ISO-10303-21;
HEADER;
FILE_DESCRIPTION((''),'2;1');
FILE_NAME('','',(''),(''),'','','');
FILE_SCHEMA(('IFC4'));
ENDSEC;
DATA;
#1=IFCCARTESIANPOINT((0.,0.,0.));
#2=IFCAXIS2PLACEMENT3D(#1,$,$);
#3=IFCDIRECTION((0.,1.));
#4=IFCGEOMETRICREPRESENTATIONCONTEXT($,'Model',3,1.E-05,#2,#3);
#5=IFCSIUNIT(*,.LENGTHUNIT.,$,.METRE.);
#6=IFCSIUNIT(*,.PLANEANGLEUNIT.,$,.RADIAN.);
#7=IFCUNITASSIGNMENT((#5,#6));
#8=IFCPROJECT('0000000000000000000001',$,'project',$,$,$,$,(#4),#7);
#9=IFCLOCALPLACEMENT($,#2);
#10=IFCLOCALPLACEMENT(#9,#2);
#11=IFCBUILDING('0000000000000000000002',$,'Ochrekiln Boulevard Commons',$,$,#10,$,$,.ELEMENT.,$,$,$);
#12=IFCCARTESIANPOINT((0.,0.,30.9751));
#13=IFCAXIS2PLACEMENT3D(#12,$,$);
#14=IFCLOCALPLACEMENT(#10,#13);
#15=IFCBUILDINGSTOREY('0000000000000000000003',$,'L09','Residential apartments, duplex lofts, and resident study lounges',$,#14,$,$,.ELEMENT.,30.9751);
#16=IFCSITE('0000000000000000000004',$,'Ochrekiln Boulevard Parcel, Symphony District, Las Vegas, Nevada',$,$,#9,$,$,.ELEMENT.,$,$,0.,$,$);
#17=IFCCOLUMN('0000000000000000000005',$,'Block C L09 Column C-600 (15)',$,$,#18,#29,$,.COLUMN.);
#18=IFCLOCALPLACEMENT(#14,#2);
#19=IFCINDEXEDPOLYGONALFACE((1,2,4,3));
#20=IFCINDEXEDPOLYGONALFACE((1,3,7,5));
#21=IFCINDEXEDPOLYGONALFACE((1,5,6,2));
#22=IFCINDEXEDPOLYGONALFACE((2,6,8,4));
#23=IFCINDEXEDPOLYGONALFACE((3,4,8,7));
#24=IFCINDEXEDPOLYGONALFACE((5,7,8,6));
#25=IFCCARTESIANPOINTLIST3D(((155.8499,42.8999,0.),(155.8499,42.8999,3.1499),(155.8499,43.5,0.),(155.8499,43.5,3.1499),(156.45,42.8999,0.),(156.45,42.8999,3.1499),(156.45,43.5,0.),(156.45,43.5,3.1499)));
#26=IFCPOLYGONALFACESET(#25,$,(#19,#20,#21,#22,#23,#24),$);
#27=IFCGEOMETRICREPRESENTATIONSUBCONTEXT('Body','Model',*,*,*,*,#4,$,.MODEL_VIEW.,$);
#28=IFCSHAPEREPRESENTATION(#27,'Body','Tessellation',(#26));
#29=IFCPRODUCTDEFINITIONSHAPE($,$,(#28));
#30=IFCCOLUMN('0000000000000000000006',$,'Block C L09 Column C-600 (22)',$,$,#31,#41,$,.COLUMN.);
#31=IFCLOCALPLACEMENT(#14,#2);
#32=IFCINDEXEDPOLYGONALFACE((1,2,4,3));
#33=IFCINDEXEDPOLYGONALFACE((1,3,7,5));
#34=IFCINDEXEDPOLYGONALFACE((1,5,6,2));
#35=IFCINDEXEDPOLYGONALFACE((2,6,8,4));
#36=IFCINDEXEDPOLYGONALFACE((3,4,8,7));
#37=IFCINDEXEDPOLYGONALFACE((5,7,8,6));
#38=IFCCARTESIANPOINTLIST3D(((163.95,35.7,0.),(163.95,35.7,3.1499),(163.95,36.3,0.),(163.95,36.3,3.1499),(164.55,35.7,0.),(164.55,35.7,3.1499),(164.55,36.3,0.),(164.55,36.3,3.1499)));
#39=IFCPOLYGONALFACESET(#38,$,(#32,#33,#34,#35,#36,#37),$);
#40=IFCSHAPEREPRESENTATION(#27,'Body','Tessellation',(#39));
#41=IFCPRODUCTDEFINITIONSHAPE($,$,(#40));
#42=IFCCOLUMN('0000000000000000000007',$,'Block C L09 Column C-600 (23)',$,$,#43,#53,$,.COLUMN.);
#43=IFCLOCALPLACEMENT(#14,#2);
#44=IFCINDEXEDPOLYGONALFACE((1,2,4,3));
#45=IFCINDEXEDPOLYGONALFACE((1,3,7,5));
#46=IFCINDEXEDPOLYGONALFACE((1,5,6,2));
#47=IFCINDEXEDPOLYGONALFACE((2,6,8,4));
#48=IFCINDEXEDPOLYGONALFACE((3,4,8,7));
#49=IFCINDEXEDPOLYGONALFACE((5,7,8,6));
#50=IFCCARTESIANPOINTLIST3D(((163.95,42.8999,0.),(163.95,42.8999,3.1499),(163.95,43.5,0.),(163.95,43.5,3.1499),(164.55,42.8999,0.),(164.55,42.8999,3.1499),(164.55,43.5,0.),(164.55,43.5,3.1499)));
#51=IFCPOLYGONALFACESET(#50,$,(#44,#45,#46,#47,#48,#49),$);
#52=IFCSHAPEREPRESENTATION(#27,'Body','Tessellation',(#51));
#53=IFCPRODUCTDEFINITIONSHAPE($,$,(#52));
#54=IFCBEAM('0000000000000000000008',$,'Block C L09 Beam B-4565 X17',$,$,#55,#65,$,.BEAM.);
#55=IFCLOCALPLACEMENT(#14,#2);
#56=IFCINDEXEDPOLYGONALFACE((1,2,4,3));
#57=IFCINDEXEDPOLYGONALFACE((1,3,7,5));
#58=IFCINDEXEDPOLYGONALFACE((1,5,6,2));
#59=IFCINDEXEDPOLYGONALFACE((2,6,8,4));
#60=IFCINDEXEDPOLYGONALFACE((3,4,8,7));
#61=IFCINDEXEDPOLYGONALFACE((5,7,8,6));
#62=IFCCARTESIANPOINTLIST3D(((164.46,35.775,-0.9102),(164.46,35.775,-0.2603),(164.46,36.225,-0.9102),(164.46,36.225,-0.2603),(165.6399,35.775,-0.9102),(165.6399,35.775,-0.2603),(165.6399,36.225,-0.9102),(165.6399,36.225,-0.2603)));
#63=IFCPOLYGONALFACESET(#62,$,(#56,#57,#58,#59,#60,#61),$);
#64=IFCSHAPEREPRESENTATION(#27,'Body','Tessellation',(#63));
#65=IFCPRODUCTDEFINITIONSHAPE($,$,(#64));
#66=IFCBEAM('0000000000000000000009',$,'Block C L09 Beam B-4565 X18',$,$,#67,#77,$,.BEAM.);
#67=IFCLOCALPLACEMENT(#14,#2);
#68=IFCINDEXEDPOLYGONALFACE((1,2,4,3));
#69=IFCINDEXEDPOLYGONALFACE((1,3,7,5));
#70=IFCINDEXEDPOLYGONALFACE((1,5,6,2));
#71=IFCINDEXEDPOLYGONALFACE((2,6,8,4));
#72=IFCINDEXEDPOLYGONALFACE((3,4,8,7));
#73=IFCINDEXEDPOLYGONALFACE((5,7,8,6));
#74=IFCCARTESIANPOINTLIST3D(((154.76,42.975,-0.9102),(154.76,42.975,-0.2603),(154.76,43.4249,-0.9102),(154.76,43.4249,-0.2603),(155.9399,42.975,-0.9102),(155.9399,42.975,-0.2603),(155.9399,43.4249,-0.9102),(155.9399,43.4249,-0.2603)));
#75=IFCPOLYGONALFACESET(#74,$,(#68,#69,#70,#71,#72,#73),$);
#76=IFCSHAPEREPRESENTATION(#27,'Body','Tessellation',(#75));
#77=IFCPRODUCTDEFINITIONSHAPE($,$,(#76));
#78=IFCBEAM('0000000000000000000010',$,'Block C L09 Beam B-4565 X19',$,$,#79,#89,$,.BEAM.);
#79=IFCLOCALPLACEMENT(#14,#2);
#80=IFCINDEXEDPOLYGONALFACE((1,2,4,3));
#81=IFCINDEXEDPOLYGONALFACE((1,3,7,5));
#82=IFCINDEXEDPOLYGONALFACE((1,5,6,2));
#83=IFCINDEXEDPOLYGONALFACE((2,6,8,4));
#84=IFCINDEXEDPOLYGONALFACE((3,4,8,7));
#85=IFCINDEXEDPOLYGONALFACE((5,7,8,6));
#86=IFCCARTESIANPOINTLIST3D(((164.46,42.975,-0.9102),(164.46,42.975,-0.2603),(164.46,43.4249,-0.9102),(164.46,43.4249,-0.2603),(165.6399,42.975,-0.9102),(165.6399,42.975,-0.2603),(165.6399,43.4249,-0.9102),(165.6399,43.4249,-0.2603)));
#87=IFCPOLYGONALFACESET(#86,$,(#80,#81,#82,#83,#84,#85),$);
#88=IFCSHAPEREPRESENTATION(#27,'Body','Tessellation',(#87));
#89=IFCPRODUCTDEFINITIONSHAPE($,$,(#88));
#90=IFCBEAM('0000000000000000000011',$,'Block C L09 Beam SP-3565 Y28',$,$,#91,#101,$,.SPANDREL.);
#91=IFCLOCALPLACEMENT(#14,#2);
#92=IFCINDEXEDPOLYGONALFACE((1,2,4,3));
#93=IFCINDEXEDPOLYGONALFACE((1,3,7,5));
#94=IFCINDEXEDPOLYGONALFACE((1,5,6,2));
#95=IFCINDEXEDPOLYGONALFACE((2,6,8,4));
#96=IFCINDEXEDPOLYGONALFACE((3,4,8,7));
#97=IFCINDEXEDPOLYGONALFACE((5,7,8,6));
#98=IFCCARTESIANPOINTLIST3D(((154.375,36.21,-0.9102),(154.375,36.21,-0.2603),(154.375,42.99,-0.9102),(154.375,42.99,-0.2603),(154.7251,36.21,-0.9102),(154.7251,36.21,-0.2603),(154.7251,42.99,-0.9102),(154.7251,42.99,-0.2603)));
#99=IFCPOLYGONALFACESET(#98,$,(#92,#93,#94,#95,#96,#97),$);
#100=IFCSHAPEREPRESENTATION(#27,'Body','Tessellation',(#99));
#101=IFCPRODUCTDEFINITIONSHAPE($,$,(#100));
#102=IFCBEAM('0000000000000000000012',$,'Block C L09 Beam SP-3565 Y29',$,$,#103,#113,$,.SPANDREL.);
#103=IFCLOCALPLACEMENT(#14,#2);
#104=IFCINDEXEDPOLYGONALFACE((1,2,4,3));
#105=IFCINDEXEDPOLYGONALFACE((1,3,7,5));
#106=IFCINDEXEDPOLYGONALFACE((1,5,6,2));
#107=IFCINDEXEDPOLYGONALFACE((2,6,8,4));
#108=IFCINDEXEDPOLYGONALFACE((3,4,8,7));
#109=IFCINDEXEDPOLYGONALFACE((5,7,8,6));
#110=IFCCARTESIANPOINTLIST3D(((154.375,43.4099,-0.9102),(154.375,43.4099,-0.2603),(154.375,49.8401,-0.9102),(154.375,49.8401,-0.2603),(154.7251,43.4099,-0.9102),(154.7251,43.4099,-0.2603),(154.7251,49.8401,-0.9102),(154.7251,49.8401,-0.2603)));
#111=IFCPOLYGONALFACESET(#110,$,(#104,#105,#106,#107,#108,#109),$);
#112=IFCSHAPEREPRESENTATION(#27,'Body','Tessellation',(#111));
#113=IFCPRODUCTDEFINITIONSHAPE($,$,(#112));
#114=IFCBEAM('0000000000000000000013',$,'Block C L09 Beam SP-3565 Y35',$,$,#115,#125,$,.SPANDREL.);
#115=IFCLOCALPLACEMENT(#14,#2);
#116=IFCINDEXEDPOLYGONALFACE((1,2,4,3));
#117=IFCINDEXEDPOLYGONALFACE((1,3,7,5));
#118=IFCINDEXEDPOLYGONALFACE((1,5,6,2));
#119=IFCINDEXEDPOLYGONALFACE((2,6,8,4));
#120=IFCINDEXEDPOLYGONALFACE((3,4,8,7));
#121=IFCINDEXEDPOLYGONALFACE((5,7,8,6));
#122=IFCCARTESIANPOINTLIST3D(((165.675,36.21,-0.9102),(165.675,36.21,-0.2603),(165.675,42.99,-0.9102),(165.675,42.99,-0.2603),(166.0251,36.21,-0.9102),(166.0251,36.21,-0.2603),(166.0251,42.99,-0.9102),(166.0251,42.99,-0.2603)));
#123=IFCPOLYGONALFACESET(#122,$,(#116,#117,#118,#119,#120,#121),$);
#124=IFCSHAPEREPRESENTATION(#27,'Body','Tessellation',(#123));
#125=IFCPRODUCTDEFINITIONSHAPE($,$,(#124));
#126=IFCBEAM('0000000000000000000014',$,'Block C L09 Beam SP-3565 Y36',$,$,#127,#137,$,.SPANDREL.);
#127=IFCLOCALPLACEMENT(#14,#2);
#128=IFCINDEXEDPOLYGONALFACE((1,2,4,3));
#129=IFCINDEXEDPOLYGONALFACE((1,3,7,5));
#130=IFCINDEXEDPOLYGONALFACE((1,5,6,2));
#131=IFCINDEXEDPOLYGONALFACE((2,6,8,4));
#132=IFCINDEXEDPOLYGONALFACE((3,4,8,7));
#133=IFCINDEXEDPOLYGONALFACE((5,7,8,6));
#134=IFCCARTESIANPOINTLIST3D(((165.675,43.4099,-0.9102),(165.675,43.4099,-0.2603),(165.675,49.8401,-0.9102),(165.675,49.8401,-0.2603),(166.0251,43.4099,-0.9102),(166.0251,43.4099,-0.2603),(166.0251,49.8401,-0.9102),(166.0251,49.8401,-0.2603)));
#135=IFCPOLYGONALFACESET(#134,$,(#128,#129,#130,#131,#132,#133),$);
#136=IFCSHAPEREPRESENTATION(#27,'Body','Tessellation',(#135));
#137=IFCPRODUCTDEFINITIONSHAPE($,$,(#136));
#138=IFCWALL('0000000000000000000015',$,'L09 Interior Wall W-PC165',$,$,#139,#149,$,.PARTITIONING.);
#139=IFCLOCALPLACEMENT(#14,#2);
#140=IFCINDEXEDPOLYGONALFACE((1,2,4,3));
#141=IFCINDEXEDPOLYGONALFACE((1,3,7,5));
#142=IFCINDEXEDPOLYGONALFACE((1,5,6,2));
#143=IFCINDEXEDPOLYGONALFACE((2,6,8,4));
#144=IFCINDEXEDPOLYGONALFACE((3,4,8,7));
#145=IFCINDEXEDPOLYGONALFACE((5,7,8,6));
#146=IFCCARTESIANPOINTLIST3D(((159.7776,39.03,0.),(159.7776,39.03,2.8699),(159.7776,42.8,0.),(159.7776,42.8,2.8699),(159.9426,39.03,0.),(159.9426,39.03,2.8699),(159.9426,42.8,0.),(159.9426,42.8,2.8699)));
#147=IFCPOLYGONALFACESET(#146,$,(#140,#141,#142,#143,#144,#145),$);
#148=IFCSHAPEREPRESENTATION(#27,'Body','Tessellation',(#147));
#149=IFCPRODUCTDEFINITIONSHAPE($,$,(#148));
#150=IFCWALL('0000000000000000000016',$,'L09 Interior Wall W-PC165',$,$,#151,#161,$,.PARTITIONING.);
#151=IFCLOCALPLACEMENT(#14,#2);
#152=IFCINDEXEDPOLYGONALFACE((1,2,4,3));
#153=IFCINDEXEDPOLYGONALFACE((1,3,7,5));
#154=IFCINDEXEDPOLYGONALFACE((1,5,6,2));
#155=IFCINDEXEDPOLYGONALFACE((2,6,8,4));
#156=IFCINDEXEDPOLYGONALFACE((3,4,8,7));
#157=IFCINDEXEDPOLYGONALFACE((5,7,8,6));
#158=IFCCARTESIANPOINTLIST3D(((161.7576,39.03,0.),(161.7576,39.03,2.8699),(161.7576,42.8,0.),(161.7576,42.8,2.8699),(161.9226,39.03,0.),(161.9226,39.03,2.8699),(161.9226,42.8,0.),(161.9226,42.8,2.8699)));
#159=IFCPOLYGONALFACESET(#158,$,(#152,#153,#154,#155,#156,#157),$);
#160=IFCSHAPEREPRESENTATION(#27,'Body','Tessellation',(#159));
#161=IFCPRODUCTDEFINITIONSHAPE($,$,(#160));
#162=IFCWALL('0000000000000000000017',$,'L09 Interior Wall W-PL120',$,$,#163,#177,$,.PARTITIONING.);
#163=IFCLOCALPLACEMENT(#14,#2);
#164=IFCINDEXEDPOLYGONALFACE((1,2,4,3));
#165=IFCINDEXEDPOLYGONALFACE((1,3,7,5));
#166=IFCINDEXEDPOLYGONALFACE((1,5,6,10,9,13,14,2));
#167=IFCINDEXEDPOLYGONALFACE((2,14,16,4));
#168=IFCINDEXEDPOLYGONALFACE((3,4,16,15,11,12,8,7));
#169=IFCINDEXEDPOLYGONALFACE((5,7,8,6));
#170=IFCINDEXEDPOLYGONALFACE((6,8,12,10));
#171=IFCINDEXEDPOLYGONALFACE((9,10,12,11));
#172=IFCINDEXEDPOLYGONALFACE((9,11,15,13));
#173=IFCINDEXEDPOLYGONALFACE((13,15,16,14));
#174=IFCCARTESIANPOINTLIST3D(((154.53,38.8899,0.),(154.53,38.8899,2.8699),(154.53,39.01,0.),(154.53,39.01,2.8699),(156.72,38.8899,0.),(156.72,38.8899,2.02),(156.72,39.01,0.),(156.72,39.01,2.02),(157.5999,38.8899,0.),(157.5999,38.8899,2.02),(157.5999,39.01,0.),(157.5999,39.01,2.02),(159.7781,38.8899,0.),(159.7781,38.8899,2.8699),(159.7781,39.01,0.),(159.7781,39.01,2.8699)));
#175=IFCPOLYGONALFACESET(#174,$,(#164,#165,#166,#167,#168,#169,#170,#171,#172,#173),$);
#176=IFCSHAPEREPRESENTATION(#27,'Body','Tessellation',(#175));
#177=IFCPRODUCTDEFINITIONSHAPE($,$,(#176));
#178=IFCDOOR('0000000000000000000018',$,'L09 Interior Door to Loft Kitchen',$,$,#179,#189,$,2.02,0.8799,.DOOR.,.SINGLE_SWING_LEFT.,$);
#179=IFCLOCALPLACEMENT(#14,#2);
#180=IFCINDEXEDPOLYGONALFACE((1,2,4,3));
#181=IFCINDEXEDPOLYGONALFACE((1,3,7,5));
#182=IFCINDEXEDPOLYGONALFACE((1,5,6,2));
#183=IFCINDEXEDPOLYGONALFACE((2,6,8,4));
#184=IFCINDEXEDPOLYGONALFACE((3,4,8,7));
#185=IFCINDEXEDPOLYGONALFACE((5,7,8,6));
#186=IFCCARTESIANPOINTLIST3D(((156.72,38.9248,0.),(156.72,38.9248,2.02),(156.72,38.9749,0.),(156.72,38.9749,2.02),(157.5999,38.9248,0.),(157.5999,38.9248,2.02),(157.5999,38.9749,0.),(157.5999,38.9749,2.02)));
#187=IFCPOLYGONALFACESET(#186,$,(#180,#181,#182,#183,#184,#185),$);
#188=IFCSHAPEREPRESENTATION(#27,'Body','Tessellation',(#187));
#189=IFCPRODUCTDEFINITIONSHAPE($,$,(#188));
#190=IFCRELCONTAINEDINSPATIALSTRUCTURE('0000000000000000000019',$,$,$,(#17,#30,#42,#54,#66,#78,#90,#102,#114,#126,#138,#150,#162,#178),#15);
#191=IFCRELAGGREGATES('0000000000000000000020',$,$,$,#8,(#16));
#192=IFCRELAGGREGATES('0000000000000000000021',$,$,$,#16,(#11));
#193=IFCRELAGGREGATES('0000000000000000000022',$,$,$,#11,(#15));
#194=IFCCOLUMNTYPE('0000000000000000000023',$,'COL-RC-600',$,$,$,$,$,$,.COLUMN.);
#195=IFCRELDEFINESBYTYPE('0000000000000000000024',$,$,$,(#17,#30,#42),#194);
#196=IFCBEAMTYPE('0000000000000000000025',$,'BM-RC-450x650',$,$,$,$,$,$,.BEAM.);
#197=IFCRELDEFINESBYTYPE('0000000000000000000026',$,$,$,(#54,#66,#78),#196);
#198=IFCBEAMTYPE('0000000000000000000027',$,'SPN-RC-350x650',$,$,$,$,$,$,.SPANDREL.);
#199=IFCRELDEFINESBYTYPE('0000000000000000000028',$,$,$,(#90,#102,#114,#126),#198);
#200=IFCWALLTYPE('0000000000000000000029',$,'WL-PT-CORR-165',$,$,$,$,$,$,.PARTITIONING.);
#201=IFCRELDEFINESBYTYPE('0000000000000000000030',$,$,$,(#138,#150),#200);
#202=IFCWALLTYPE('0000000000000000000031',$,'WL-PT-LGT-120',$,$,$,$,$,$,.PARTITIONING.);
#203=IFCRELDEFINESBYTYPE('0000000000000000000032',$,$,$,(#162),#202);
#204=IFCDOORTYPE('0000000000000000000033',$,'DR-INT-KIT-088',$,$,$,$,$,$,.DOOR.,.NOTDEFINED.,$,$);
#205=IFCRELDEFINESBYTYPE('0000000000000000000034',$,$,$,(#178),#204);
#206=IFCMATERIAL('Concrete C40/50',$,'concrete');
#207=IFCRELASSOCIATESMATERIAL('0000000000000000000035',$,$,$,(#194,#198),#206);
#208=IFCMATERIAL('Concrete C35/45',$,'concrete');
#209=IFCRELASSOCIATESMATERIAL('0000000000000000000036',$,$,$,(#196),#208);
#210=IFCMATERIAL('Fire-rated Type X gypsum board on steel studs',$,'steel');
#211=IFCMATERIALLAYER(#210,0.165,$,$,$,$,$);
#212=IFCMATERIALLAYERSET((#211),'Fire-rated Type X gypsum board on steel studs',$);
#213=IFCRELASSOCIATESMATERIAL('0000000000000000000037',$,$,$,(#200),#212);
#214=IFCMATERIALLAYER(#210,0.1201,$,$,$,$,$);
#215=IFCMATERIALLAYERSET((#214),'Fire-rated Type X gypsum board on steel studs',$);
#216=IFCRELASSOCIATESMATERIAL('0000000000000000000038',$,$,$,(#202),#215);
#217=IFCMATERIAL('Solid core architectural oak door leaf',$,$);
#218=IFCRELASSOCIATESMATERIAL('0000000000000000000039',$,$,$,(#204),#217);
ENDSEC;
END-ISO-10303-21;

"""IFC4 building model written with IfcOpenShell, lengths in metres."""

from ifc_helpers import new_model, si_unit, direction, frame, frame_2d, origin, origin_2d, place, context, subcontext, project, spatial, rectangle, extrude, material, layer, layer_set, material_profile, profile_set, type_object, element, fill, save


model = new_model("IFC4")

# Units and contexts
model_context = context("Model", 3, precision=1e-05, world=origin(), true_north=direction((0.0, 1.0)))
body_context = subcontext(model_context, "Body", "Model", "MODEL_VIEW")
ifc_project = project(units=[si_unit("LENGTHUNIT", "METRE"), si_unit("PLANEANGLEUNIT", "RADIAN")], contexts=[model_context])

# Site, building, storey
site_placement = place(None, origin())
site = spatial("IfcSite", under=ifc_project, at=site_placement, Name="Ochrekiln Boulevard Parcel, Symphony District, Las Vegas, Nevada", CompositionType="ELEMENT", RefElevation=0.0)
building_placement = place(site_placement, origin())
building = spatial("IfcBuilding", under=site, at=building_placement, Name="Ochrekiln Boulevard Commons", CompositionType="ELEMENT")
storey_placement = place(building_placement, frame((0.0, 0.0, 30.9751)))
storey = spatial("IfcBuildingStorey", under=building, at=storey_placement, Name="L09", Description="Residential apartments, duplex lofts, and resident study lounges", CompositionType="ELEMENT", Elevation=30.9751)

# Columns
ifc_material_1 = material(Name="Concrete C40/50", Category="concrete")
ifc_material_profile_1 = material_profile(ifc_material_1, rectangle(XDim=0.6001, YDim=0.6001, at=origin_2d()), Name="RC-COL-600x600")
ifc_profile_set_1 = profile_set([ifc_material_profile_1], Name="Concrete C40/50")
column_type = type_object("IfcColumnType", Name="COL-RC-600", PredefinedType="COLUMN", material=ifc_profile_set_1)
for number, where, z_axis, x_axis, name in (
    (1, (156.1499, 43.2, 0.0), (0.0, 0.0, 1.0), (1.0, 0.0, 0.0), "Block C L09 Column C-600 (15)"),
    (2, (164.25, 36.0, 0.0), (0.0, 0.0, 1.0), (1.0, 0.0, 0.0), "Block C L09 Column C-600 (22)"),
    (3, (164.25, 43.2, 0.0), (0.0, 0.0, 1.0), (1.0, 0.0, 0.0), "Block C L09 Column C-600 (23)"),
):
    element("IfcColumn", number, at=place(storey_placement, frame(where, z_axis=z_axis, x_axis=x_axis)), inside=storey, type_object=column_type, Name=name, PredefinedType="COLUMN", context=body_context, shape_type="SweptSolid", body=[
        extrude(rectangle(XDim=0.6001, YDim=0.6001, at=origin_2d()), origin(), (0.0, 0.0, 1.0), 3.1499),
    ])

# Beams
ifc_material_2 = material(Name="Concrete C35/45", Category="concrete")
ifc_material_profile_2 = material_profile(ifc_material_2, rectangle(XDim=0.45, YDim=0.6499, at=origin_2d()), Name="RC-BM-450x650")
ifc_profile_set_2 = profile_set([ifc_material_profile_2], Name="Concrete C35/45")
beam_type_1 = type_object("IfcBeamType", Name="BM-RC-450x650", PredefinedType="BEAM", material=ifc_profile_set_2)
for number, where, z_axis, x_axis, name in (
    (4, (164.46, 36.0, -0.5852), (1.0, 0.0, 0.0), (0.0, 1.0, 0.0), "Block C L09 Beam B-4565 X17"),
    (5, (154.76, 43.2, -0.5852), (1.0, 0.0, 0.0), (0.0, 1.0, 0.0), "Block C L09 Beam B-4565 X18"),
    (6, (164.46, 43.2, -0.5852), (1.0, 0.0, 0.0), (0.0, 1.0, 0.0), "Block C L09 Beam B-4565 X19"),
):
    element("IfcBeam", number, at=place(storey_placement, frame(where, z_axis=z_axis, x_axis=x_axis)), inside=storey, type_object=beam_type_1, Name=name, PredefinedType="BEAM", context=body_context, shape_type="SweptSolid", body=[
        extrude(rectangle(XDim=0.45, YDim=0.6499, at=origin_2d()), origin(), (0.0, 0.0, 1.0), 1.1799),
    ])
ifc_material_profile_3 = material_profile(ifc_material_1, rectangle(XDim=0.3501, YDim=0.6499, at=origin_2d()), Name="RC-SPN-350x650")
ifc_profile_set_3 = profile_set([ifc_material_profile_3], Name="Concrete C40/50")
beam_type_2 = type_object("IfcBeamType", Name="SPN-RC-350x650", PredefinedType="SPANDREL", material=ifc_profile_set_3)
beam_1_placement = place(storey_placement, frame((154.55, 36.21, -0.5852), z_axis=(0.0, 1.0, 0.0), x_axis=(-1.0, 0.0, 0.0)))
element("IfcBeam", 7, at=beam_1_placement, inside=storey, type_object=beam_type_2, Name="Block C L09 Beam SP-3565 Y28", PredefinedType="SPANDREL", context=body_context, shape_type="SweptSolid", body=[
    extrude(rectangle(XDim=0.3501, YDim=0.6499, at=origin_2d()), origin(), (0.0, 0.0, 1.0), 6.78),
])
beam_2_placement = place(storey_placement, frame((154.55, 43.4099, -0.5852), z_axis=(0.0, 1.0, 0.0), x_axis=(-1.0, 0.0, 0.0)))
element("IfcBeam", 8, at=beam_2_placement, inside=storey, type_object=beam_type_2, Name="Block C L09 Beam SP-3565 Y29", PredefinedType="SPANDREL", context=body_context, shape_type="SweptSolid", body=[
    extrude(rectangle(XDim=0.3501, YDim=0.6499, at=origin_2d()), origin(), (0.0, 0.0, 1.0), 6.4302),
])
beam_3_placement = place(storey_placement, frame((165.8501, 36.21, -0.5852), z_axis=(0.0, 1.0, 0.0), x_axis=(-1.0, 0.0, 0.0)))
element("IfcBeam", 9, at=beam_3_placement, inside=storey, type_object=beam_type_2, Name="Block C L09 Beam SP-3565 Y35", PredefinedType="SPANDREL", context=body_context, shape_type="SweptSolid", body=[
    extrude(rectangle(XDim=0.3501, YDim=0.6499, at=origin_2d()), origin(), (0.0, 0.0, 1.0), 6.78),
])
beam_4_placement = place(storey_placement, frame((165.8501, 43.4099, -0.5852), z_axis=(0.0, 1.0, 0.0), x_axis=(-1.0, 0.0, 0.0)))
element("IfcBeam", 10, at=beam_4_placement, inside=storey, type_object=beam_type_2, Name="Block C L09 Beam SP-3565 Y36", PredefinedType="SPANDREL", context=body_context, shape_type="SweptSolid", body=[
    extrude(rectangle(XDim=0.3501, YDim=0.6499, at=origin_2d()), origin(), (0.0, 0.0, 1.0), 6.4302),
])

# Walls
ifc_material_3 = material(Name="Fire-rated Type X gypsum board on steel studs", Category="steel")
ifc_layer_1 = layer(ifc_material_3, 0.165)
ifc_layer_set_1 = layer_set([ifc_layer_1], Name="Fire-rated Type X gypsum board on steel studs")
wall_type_1 = type_object("IfcWallType", Name="WL-PT-CORR-165", PredefinedType="PARTITIONING", material=ifc_layer_set_1)
for number, where, z_axis, x_axis, name in (
    (11, (159.8601, 39.03, 0.0), (0.0, 0.0, 1.0), (0.0, 1.0, 0.0), "L09 Interior Wall W-PC165"),
    (12, (161.8401, 39.03, 0.0), (0.0, 0.0, 1.0), (0.0, 1.0, 0.0), "L09 Interior Wall W-PC165"),
):
    element("IfcWall", number, at=place(storey_placement, frame(where, z_axis=z_axis, x_axis=x_axis)), inside=storey, type_object=wall_type_1, Name=name, PredefinedType="PARTITIONING", context=body_context, shape_type="SweptSolid", body=[
        extrude(rectangle(XDim=3.77, YDim=0.165, at=frame_2d((1.885, 0.0))), origin(), (0.0, 0.0, 1.0), 2.8699),
    ])

# Wall, opening, door
ifc_layer_2 = layer(ifc_material_3, 0.1201)
ifc_layer_set_2 = layer_set([ifc_layer_2], Name="Fire-rated Type X gypsum board on steel studs")
wall_type_2 = type_object("IfcWallType", Name="WL-PT-LGT-120", PredefinedType="PARTITIONING", material=ifc_layer_set_2)
wall_1_placement = place(storey_placement, frame((154.53, 38.95, 0.0), z_axis=(0.0, 0.0, 1.0), x_axis=(1.0, 0.0, 0.0)))
wall_1 = element("IfcWall", 13, at=wall_1_placement, inside=storey, type_object=wall_type_2, Name="L09 Interior Wall W-PL120", PredefinedType="PARTITIONING", context=body_context, shape_type="SweptSolid", body=[
    extrude(rectangle(XDim=5.248, YDim=0.1201, at=frame_2d((2.624, 0.0))), origin(), (0.0, 0.0, 1.0), 2.8699),
])
opening_1_placement = place(wall_1_placement, frame((2.1899, 0.0, 0.0)))
opening_1 = element("IfcOpeningElement", 14, at=opening_1_placement, cuts=wall_1, PredefinedType="OPENING", context=body_context, shape_type="SweptSolid", body=[
    extrude(rectangle(XDim=0.8799, YDim=2.02, at=frame_2d((0.4399, 1.01))), frame((0.0, 0.0701, 0.0), z_axis=(0.0, -1.0, 0.0), x_axis=(1.0, 0.0, 0.0)), (0.0, 0.0, 1.0), 0.1401),
])
ifc_material_4 = material(Name="Solid core architectural oak door leaf")
door_type_1 = type_object("IfcDoorType", Name="DR-INT-KIT-088", OperationType="NOTDEFINED", PredefinedType="DOOR", material=ifc_material_4)
door_1_placement = place(opening_1_placement, origin())
door_1 = element("IfcDoor", 15, at=door_1_placement, inside=storey, type_object=door_type_1, Name="L09 Interior Door to Loft Kitchen", OperationType="SINGLE_SWING_LEFT", OverallHeight=2.02, OverallWidth=0.8799, PredefinedType="DOOR", context=body_context, shape_type="SweptSolid", body=[
    extrude(rectangle(XDim=0.8799, YDim=2.02, at=frame_2d((0.4399, 1.01))), frame((0.0, 0.0249, 0.0), z_axis=(0.0, -1.0, 0.0), x_axis=(1.0, 0.0, 0.0)), (0.0, 0.0, 1.0), 0.05),
])
fill(opening_1, door_1)

save(model, "model.ifc")
